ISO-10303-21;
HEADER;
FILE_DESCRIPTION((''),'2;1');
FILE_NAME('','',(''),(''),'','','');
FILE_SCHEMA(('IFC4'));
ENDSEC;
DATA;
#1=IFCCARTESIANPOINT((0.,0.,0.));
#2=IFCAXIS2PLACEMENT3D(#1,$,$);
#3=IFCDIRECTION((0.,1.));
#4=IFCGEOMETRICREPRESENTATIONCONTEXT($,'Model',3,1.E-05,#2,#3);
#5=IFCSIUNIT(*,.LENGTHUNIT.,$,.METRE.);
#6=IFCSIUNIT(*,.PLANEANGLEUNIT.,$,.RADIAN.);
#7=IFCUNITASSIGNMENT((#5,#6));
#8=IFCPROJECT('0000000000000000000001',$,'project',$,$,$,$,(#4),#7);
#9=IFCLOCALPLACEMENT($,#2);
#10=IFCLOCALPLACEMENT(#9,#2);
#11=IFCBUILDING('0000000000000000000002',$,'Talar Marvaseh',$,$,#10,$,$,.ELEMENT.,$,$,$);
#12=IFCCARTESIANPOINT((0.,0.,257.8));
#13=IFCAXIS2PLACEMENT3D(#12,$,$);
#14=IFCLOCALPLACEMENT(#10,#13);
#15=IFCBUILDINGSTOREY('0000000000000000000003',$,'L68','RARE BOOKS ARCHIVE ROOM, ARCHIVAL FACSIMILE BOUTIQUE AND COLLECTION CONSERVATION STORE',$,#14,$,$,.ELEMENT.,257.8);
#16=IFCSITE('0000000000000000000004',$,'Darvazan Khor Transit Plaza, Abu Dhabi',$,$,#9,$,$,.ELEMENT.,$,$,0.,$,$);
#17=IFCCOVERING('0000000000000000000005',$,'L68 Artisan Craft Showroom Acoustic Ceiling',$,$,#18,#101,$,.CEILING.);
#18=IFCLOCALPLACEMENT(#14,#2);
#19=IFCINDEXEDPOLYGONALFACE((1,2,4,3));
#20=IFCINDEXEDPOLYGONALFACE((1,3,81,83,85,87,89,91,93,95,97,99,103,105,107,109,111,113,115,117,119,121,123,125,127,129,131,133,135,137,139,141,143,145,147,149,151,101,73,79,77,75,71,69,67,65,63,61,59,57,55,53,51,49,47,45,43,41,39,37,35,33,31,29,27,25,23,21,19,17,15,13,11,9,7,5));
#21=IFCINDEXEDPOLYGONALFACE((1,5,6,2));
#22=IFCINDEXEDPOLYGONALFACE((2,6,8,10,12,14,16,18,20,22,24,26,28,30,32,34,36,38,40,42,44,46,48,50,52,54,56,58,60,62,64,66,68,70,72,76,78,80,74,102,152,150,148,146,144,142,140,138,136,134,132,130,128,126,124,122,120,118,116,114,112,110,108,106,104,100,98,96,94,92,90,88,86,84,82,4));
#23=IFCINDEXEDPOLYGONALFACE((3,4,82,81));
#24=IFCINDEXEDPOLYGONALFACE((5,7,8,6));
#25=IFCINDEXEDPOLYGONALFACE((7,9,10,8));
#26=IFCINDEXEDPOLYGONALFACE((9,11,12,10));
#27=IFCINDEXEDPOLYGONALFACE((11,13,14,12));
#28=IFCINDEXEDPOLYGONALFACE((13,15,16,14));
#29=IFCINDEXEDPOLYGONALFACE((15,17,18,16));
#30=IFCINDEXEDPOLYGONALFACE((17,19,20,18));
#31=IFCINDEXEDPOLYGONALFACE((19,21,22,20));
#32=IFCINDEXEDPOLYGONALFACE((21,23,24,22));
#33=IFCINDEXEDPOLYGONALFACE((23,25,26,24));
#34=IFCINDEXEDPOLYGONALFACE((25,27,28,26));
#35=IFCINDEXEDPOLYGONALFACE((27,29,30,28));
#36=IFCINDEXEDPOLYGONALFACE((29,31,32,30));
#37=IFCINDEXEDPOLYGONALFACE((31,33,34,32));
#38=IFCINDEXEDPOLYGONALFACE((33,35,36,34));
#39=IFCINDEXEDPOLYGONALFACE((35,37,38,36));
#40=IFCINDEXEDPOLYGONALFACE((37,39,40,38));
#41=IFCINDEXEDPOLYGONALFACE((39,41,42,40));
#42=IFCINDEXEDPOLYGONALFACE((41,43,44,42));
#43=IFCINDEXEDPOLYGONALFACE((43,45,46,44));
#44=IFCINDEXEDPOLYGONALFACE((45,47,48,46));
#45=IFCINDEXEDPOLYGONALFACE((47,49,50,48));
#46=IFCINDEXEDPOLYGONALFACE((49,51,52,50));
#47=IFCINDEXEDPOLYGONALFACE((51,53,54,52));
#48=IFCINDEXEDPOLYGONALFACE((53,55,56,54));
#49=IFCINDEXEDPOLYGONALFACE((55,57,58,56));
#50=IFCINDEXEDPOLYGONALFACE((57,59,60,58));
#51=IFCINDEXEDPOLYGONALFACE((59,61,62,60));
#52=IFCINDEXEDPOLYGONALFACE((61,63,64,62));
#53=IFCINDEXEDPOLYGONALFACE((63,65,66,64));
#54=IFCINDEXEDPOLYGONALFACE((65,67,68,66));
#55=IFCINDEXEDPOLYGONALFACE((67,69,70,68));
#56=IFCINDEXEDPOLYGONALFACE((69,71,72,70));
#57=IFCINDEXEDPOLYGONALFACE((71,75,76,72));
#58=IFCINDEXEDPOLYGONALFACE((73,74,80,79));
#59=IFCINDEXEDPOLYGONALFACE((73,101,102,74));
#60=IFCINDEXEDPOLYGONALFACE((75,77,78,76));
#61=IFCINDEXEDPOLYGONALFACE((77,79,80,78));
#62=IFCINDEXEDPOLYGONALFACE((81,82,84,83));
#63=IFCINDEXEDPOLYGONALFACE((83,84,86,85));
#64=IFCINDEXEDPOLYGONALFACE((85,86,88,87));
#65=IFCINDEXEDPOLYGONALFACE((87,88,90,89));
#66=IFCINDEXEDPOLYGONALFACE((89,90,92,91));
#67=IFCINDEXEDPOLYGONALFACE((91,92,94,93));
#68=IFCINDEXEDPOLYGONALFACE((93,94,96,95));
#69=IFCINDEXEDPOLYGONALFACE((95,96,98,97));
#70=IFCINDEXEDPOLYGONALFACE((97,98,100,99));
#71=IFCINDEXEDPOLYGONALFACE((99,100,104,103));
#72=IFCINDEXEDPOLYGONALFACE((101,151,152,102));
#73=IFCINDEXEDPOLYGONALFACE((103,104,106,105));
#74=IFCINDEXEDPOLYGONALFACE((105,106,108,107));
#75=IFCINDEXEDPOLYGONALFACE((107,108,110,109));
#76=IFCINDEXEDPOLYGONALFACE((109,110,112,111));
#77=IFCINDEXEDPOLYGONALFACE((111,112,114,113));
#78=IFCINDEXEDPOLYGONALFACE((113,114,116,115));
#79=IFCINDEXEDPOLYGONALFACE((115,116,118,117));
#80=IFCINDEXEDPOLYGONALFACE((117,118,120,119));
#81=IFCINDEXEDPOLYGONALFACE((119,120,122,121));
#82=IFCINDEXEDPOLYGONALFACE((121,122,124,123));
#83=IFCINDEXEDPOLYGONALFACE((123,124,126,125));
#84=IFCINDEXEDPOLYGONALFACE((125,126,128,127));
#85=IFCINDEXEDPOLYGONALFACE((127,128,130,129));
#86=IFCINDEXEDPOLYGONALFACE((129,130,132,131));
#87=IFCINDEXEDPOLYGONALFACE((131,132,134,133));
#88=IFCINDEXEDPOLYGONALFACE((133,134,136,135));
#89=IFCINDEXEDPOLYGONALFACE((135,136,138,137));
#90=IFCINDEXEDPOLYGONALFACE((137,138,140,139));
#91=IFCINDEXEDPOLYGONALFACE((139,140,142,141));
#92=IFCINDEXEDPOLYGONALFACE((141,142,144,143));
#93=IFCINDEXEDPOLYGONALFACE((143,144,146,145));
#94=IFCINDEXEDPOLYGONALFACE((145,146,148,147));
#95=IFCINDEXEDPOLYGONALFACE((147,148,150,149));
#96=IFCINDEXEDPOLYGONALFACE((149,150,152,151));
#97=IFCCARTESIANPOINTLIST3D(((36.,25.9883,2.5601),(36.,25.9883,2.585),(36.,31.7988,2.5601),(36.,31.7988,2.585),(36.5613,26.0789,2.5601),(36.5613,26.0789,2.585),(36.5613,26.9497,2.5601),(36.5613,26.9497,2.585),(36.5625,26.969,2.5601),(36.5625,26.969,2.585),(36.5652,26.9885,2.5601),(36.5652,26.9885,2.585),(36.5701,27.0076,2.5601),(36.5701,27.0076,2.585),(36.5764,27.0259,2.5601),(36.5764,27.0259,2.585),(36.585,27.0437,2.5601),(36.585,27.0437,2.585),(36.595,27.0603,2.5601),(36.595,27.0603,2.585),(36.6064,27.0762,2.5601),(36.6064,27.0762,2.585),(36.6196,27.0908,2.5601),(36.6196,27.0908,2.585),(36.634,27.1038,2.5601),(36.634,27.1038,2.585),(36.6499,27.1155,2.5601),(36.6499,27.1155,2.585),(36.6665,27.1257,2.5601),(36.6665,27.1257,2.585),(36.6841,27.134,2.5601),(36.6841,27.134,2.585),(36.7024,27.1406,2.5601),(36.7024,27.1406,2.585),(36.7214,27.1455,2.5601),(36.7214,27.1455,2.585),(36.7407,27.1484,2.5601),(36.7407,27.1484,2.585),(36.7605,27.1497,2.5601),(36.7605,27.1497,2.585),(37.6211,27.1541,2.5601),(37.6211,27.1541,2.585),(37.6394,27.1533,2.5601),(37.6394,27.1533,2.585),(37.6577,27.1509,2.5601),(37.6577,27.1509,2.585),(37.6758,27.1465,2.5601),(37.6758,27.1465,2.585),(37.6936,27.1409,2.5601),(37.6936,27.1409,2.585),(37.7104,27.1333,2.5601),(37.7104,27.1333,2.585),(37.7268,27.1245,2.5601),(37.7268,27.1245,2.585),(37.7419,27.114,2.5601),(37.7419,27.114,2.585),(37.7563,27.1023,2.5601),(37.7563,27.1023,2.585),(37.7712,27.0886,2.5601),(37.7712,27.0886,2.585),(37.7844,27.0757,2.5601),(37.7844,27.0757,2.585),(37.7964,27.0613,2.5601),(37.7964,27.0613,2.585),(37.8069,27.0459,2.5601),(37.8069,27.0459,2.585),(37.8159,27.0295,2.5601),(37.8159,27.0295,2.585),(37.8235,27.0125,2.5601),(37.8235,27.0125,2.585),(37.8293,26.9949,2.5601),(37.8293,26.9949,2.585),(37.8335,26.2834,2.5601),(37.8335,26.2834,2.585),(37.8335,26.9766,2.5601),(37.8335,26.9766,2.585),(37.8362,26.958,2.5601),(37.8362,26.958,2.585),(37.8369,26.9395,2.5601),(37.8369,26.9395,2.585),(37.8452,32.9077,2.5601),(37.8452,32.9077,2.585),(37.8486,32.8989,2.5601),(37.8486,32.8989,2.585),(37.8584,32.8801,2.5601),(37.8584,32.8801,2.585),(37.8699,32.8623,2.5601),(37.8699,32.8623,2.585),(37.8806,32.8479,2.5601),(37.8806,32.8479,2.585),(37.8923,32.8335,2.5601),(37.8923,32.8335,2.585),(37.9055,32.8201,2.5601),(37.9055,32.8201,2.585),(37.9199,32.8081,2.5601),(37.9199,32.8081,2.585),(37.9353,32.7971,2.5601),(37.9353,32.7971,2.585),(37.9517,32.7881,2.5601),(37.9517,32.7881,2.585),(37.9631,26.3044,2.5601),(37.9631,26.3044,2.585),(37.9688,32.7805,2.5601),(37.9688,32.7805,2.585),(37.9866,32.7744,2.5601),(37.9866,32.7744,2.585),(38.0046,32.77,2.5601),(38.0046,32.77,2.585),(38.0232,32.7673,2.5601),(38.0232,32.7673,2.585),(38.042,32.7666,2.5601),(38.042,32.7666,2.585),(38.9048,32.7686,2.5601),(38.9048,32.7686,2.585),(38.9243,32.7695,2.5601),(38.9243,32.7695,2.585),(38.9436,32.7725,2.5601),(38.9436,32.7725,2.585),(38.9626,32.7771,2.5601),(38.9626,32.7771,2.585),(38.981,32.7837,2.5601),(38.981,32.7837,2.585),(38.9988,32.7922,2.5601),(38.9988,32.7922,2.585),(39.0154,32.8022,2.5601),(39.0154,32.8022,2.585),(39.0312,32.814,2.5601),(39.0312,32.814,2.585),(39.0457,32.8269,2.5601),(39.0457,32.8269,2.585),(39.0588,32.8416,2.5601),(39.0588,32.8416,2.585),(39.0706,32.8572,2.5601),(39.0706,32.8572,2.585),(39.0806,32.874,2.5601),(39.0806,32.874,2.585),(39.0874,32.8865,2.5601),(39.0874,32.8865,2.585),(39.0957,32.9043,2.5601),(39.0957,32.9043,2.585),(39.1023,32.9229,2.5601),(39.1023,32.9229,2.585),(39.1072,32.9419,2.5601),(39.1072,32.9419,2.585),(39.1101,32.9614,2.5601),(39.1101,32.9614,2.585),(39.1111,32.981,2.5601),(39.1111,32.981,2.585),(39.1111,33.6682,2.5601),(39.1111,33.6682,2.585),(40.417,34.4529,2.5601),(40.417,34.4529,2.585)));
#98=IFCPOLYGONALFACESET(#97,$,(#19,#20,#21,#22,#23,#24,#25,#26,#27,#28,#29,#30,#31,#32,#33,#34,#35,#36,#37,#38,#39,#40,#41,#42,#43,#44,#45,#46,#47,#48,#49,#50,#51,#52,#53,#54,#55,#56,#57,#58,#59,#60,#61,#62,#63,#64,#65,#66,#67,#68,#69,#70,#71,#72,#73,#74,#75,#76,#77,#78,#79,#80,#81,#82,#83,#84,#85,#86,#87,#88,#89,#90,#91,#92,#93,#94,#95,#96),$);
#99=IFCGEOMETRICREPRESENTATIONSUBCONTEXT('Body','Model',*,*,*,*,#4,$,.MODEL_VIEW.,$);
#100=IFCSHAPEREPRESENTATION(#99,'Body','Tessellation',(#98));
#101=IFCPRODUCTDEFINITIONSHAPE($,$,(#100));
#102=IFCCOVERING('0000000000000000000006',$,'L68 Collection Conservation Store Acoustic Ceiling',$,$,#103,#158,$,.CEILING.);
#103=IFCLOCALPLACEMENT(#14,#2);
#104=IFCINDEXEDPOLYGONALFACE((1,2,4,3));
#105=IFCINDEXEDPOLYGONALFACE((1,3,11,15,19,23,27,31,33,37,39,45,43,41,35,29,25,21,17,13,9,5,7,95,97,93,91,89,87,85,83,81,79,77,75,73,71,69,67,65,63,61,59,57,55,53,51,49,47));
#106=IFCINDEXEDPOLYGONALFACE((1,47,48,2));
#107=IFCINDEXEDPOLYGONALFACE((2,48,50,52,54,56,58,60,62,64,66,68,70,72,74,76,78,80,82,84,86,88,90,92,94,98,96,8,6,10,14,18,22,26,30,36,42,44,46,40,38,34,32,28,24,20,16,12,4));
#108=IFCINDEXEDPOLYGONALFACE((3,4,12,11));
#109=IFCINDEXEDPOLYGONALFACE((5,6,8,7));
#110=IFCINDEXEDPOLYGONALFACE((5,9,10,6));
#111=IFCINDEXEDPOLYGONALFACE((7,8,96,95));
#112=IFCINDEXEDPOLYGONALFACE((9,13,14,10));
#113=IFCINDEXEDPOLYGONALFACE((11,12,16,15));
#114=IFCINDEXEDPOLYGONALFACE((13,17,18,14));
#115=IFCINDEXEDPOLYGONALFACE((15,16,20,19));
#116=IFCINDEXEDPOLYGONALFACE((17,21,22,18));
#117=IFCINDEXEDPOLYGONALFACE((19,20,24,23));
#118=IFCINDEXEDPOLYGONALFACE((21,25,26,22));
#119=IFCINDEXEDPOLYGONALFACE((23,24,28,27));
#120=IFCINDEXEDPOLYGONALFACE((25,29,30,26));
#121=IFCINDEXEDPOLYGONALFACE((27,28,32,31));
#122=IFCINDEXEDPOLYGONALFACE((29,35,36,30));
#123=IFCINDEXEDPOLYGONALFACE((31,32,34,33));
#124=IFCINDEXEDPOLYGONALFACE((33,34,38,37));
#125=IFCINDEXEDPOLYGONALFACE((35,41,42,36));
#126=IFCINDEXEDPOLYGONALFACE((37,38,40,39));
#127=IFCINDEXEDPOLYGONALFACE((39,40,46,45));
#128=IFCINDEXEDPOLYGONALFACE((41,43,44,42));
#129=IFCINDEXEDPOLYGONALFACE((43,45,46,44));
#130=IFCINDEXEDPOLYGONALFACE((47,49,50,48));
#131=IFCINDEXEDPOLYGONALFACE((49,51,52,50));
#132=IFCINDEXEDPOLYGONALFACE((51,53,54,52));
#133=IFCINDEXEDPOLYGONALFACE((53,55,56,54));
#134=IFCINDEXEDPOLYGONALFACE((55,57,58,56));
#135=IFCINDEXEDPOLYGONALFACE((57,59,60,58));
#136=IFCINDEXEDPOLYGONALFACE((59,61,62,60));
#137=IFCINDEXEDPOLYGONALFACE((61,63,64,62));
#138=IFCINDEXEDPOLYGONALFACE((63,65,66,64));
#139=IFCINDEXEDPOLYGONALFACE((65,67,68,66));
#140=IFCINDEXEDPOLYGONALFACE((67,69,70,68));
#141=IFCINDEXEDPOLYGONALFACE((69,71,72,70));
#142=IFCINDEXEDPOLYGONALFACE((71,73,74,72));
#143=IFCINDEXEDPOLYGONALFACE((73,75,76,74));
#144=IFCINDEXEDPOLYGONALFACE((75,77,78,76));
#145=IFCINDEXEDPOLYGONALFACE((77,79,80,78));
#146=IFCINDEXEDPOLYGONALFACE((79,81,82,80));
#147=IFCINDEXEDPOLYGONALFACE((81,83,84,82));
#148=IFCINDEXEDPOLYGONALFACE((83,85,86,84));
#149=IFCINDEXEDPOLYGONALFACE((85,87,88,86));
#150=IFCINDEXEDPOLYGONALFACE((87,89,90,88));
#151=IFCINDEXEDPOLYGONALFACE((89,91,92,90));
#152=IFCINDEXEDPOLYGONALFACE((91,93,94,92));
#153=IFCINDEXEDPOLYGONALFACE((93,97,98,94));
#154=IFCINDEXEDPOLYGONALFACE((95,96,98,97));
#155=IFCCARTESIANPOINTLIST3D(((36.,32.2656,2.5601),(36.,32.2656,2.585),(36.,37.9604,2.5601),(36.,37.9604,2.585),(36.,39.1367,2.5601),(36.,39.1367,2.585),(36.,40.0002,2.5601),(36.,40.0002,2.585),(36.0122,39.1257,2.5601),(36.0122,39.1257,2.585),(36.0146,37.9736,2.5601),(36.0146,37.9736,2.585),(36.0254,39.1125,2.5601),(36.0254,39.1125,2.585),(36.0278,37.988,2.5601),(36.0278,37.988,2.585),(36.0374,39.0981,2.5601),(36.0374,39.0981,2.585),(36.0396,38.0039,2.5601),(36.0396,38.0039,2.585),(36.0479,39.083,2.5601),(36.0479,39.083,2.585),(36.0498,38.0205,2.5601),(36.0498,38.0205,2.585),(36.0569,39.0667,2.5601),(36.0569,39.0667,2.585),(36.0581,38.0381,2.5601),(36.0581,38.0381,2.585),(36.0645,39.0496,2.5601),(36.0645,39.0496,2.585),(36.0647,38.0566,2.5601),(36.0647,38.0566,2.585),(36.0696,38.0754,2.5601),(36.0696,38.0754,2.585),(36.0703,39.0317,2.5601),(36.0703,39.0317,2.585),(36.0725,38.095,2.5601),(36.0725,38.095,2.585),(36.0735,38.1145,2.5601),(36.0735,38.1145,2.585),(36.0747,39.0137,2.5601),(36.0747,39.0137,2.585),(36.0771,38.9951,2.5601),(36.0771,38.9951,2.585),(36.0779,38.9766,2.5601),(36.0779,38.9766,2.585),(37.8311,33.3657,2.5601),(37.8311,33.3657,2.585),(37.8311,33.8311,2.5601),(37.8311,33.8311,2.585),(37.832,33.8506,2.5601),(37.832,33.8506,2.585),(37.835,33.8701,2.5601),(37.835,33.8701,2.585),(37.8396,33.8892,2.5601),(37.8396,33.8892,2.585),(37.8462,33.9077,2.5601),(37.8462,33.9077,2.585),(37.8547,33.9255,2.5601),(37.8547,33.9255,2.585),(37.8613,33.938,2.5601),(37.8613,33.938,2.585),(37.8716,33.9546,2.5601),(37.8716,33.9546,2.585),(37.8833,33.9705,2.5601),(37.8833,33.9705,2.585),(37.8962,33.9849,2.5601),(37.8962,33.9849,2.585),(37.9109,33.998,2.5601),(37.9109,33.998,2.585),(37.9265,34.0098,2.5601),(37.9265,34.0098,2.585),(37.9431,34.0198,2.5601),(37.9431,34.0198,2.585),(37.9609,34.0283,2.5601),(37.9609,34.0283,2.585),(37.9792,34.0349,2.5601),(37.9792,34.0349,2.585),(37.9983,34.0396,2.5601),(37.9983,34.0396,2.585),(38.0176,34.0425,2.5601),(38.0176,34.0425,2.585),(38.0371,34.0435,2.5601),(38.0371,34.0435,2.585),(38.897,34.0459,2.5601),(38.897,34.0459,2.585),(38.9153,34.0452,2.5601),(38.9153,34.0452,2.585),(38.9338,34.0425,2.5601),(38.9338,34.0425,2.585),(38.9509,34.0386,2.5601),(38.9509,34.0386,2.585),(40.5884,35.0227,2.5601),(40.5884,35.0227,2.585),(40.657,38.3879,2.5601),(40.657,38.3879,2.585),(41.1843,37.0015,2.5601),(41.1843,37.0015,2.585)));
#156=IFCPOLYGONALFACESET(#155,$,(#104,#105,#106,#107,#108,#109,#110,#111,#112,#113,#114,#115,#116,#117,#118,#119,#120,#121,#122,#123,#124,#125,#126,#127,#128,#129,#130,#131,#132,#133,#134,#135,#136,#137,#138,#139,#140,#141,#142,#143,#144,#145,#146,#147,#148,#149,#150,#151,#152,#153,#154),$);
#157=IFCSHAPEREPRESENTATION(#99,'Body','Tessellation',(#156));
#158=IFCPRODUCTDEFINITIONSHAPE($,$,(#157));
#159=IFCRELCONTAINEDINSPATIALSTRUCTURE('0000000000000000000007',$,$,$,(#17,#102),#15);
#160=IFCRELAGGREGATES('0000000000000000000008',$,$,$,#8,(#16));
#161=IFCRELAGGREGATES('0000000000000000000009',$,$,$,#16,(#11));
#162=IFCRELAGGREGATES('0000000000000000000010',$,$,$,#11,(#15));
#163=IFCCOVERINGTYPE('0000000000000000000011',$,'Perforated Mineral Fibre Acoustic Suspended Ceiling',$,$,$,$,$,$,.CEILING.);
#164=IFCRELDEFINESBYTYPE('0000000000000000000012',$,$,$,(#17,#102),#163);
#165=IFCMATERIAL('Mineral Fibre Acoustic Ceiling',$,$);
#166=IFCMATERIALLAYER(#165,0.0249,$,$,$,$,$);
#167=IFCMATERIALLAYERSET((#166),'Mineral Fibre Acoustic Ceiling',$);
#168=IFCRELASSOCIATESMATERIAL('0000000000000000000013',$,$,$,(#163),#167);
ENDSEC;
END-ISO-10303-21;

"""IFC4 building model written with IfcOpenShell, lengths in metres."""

from ifc_helpers import new_model, si_unit, direction, frame, origin, place, context, subcontext, project, spatial, polyline, outline, extrude, material, layer, layer_set, type_object, element, save


model = new_model("IFC4")

# Units and contexts
model_context = context("Model", 3, precision=1e-05, world=origin(), true_north=direction((0.0, 1.0)))
body_context = subcontext(model_context, "Body", "Model", "MODEL_VIEW")
ifc_project = project(units=[si_unit("LENGTHUNIT", "METRE"), si_unit("PLANEANGLEUNIT", "RADIAN")], contexts=[model_context])

# Site, building, storey
site_placement = place(None, origin())
site = spatial("IfcSite", under=ifc_project, at=site_placement, Name="Darvazan Khor Transit Plaza, Abu Dhabi", CompositionType="ELEMENT", RefElevation=0.0)
building_placement = place(site_placement, origin())
building = spatial("IfcBuilding", under=site, at=building_placement, Name="Talar Marvaseh", CompositionType="ELEMENT")
storey_placement = place(building_placement, frame((0.0, 0.0, 257.8)))
storey = spatial("IfcBuildingStorey", under=building, at=storey_placement, Name="L68", Description="RARE BOOKS ARCHIVE ROOM, ARCHIVAL FACSIMILE BOUTIQUE AND COLLECTION CONSERVATION STORE", CompositionType="ELEMENT", Elevation=257.8)

# Coverings
ifc_material_1 = material(Name="Mineral Fibre Acoustic Ceiling")
ifc_layer_1 = layer(ifc_material_1, 0.0249)
ifc_layer_set_1 = layer_set([ifc_layer_1], Name="Mineral Fibre Acoustic Ceiling")
covering_type_1 = type_object("IfcCoveringType", Name="Perforated Mineral Fibre Acoustic Suspended Ceiling", PredefinedType="CEILING", material=ifc_layer_set_1)
covering_1_placement = place(storey_placement, frame((0.0, 0.0, 2.5601)))
element("IfcCovering", 1, at=covering_1_placement, inside=storey, type_object=covering_type_1, Name="L68 Artisan Craft Showroom Acoustic Ceiling", PredefinedType="CEILING", context=body_context, shape_type="SweptSolid", body=[
    extrude(outline(polyline([(37.8486, 32.8989), (37.8584, 32.8801), (37.8699, 32.8623), (37.8806, 32.8479), (37.8923, 32.8335), (37.9055, 32.8201), (37.9199, 32.8081), (37.9353, 32.7971), (37.9517, 32.7881), (37.9688, 32.7805), (37.9866, 32.7744), (38.0046, 32.77), (38.0232, 32.7673), (38.042, 32.7666), (38.9048, 32.7686), (38.9243, 32.7695), (38.9436, 32.7725), (38.9626, 32.7771), (38.981, 32.7837), (38.9988, 32.7922), (39.0154, 32.8022), (39.0312, 32.814), (39.0457, 32.8269), (39.0588, 32.8416), (39.0706, 32.8572), (39.0806, 32.874), (39.0874, 32.8865), (39.0957, 32.9043), (39.1023, 32.9229), (39.1072, 32.9419), (39.1101, 32.9614), (39.1111, 32.981), (39.1111, 33.6682), (40.417, 34.4529), (37.9631, 26.3044), (37.8335, 26.2834), (37.8369, 26.9395), (37.8362, 26.958), (37.8335, 26.9766), (37.8293, 26.9949), (37.8235, 27.0125), (37.8159, 27.0295), (37.8069, 27.0459), (37.7964, 27.0613), (37.7844, 27.0757), (37.7712, 27.0886), (37.7563, 27.1023), (37.7419, 27.114), (37.7268, 27.1245), (37.7104, 27.1333), (37.6936, 27.1409), (37.6758, 27.1465), (37.6577, 27.1509), (37.6394, 27.1533), (37.6211, 27.1541), (36.7605, 27.1497), (36.7407, 27.1484), (36.7214, 27.1455), (36.7024, 27.1406), (36.6841, 27.134), (36.6665, 27.1257), (36.6499, 27.1155), (36.634, 27.1038), (36.6196, 27.0908), (36.6064, 27.0762), (36.595, 27.0603), (36.585, 27.0437), (36.5764, 27.0259), (36.5701, 27.0076), (36.5652, 26.9885), (36.5625, 26.969), (36.5613, 26.9497), (36.5613, 26.0789), (36.0, 25.9883), (36.0, 31.7988), (37.8452, 32.9077), (37.8486, 32.8989)])), origin(), (0.0, 0.0, 1.0), 0.0249),
])
covering_2_placement = place(storey_placement, frame((0.0, 0.0, 2.5601)))
element("IfcCovering", 2, at=covering_2_placement, inside=storey, type_object=covering_type_1, Name="L68 Collection Conservation Store Acoustic Ceiling", PredefinedType="CEILING", context=body_context, shape_type="SweptSolid", body=[
    extrude(outline(polyline([(38.9153, 34.0452), (38.897, 34.0459), (38.0371, 34.0435), (38.0176, 34.0425), (37.9983, 34.0396), (37.9792, 34.0349), (37.9609, 34.0283), (37.9431, 34.0198), (37.9265, 34.0098), (37.9109, 33.998), (37.8962, 33.9849), (37.8833, 33.9705), (37.8716, 33.9546), (37.8613, 33.938), (37.8547, 33.9255), (37.8462, 33.9077), (37.8396, 33.8892), (37.835, 33.8701), (37.832, 33.8506), (37.8311, 33.8311), (37.8311, 33.3657), (36.0, 32.2656), (36.0, 37.9604), (36.0, 37.9604), (36.0146, 37.9736), (36.0278, 37.988), (36.0396, 38.0039), (36.0498, 38.0205), (36.0581, 38.0381), (36.0647, 38.0566), (36.0696, 38.0754), (36.0725, 38.095), (36.0735, 38.1145), (36.0779, 38.9766), (36.0771, 38.9951), (36.0747, 39.0137), (36.0703, 39.0317), (36.0645, 39.0496), (36.0569, 39.0667), (36.0479, 39.083), (36.0374, 39.0981), (36.0254, 39.1125), (36.0122, 39.1257), (36.0, 39.1367), (36.0, 40.0002), (40.657, 38.3879), (41.1843, 37.0015), (40.5884, 35.0227), (38.9509, 34.0386), (38.9338, 34.0425), (38.9153, 34.0452)])), origin(), (0.0, 0.0, 1.0), 0.0249),
])

save(model, "model.ifc")
